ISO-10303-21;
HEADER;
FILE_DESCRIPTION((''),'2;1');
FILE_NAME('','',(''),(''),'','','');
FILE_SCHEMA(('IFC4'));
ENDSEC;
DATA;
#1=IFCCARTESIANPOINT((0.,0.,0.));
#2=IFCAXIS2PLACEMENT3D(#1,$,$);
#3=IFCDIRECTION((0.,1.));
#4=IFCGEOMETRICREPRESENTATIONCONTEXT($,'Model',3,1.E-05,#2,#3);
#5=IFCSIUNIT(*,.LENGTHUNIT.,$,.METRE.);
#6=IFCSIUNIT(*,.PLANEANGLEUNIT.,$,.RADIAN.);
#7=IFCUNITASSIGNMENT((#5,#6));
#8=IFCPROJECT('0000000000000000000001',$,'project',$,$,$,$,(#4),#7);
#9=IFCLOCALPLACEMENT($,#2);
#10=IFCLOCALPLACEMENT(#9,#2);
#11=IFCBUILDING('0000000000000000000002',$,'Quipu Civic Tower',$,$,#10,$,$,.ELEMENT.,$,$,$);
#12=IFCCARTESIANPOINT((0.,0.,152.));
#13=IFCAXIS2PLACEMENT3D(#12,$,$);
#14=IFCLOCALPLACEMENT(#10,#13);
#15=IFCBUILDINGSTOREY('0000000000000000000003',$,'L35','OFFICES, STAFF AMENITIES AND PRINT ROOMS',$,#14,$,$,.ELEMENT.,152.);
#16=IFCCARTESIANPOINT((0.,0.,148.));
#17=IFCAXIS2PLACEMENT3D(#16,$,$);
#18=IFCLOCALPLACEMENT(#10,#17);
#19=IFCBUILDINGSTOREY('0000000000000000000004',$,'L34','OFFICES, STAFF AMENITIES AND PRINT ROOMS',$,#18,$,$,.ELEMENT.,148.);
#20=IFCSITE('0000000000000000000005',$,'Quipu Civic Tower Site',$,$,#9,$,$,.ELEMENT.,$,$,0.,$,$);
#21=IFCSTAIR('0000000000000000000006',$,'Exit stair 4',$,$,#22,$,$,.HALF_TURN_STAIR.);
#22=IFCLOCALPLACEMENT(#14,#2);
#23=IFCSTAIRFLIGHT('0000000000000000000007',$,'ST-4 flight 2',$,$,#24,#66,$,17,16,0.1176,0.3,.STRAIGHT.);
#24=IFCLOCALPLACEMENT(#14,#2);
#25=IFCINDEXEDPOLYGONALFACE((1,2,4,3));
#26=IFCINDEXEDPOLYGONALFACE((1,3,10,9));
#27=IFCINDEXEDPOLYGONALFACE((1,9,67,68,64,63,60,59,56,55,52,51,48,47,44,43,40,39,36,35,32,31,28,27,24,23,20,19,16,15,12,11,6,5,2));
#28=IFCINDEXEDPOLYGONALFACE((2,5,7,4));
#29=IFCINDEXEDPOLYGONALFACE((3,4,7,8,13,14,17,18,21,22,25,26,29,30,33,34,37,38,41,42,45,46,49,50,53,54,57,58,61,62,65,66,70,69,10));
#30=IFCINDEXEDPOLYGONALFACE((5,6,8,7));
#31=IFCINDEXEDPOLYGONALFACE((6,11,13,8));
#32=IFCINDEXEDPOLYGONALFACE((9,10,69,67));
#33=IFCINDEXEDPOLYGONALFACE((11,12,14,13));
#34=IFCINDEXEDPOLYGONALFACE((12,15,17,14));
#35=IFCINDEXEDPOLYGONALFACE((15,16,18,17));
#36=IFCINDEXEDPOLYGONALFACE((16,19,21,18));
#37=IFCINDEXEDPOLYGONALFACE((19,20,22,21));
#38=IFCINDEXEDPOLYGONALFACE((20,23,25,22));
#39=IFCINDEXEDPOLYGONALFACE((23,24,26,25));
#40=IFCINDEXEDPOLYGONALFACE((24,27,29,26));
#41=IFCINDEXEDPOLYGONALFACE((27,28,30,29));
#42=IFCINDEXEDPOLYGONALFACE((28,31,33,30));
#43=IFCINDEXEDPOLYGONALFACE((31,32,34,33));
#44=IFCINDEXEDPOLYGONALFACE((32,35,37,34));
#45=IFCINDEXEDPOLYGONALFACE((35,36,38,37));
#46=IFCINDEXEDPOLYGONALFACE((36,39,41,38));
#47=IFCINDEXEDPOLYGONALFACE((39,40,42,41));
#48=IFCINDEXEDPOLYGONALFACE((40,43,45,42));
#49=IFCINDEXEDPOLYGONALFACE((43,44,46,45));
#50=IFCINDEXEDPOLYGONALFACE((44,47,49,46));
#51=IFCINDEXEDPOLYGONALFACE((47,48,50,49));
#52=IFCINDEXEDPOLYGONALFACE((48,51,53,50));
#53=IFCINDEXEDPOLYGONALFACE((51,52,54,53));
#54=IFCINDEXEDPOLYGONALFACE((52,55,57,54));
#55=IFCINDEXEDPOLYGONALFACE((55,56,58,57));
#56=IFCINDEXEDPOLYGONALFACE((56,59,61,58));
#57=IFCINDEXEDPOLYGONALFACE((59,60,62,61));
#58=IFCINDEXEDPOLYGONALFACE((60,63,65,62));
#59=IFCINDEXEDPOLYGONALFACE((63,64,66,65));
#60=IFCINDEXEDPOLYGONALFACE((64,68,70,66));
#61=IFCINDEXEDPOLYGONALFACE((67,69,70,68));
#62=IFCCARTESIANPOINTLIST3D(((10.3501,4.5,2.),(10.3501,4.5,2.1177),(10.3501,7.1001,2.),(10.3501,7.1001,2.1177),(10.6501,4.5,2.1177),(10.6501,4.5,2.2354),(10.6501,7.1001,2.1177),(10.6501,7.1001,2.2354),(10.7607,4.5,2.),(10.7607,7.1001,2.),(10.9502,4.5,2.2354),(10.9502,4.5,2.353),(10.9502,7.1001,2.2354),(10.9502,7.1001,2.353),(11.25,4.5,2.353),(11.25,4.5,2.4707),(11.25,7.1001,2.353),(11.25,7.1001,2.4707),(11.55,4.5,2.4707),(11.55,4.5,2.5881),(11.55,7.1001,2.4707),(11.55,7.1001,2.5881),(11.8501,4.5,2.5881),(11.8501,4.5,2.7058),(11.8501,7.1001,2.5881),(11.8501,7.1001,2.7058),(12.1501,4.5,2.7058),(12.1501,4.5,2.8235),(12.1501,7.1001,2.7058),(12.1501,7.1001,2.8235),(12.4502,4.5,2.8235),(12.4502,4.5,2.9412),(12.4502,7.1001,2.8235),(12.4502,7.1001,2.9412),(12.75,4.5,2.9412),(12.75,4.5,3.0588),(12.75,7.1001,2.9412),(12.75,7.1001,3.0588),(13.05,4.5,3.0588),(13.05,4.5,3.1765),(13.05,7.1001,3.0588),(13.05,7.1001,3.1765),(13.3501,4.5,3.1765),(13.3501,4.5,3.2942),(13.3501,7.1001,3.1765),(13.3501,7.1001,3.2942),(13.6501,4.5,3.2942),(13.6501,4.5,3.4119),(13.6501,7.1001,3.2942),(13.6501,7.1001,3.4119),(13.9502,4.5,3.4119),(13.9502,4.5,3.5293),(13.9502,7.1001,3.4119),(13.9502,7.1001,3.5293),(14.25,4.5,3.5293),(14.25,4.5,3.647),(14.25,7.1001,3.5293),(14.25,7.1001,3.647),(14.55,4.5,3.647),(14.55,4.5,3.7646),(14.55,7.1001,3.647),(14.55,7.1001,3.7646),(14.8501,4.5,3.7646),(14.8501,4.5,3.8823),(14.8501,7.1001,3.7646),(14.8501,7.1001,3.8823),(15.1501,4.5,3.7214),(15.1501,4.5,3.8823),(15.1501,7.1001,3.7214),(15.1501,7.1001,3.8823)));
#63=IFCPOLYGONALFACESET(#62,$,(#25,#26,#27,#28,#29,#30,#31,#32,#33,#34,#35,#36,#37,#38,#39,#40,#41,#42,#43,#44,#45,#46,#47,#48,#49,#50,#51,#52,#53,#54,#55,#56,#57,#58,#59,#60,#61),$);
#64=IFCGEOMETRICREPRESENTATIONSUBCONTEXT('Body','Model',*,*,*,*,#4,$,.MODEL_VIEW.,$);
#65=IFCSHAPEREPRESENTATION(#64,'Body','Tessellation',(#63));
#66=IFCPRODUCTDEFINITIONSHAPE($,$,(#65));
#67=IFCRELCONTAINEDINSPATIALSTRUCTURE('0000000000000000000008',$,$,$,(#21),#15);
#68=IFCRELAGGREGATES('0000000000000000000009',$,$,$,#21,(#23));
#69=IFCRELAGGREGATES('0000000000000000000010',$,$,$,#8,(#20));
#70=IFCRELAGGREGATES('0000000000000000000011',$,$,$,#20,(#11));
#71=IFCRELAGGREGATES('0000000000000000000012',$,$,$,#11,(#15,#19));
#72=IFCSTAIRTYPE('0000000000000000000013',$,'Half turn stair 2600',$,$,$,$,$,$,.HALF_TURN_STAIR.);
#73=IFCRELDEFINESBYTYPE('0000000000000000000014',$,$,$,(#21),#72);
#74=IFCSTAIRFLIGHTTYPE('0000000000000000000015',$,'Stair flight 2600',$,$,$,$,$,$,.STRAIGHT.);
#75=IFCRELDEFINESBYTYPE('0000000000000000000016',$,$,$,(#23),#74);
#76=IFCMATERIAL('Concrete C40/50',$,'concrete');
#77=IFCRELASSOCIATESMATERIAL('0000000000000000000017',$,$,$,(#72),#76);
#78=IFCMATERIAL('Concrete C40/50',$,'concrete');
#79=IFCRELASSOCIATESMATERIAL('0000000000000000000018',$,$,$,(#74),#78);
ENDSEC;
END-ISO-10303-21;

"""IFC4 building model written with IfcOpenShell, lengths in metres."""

from ifc_helpers import new_model, si_unit, direction, frame, origin, place, context, subcontext, project, spatial, polyline, outline, extrude, material, type_object, element, aggregate, save


model = new_model("IFC4")

# Units and contexts
model_context = context("Model", 3, precision=1e-05, world=origin(), true_north=direction((0.0, 1.0)))
body_context = subcontext(model_context, "Body", "Model", "MODEL_VIEW")
ifc_project = project(units=[si_unit("LENGTHUNIT", "METRE"), si_unit("PLANEANGLEUNIT", "RADIAN")], contexts=[model_context])

# Site, building, storey
site_placement = place(None, origin())
site = spatial("IfcSite", under=ifc_project, at=site_placement, Name="Quipu Civic Tower Site", CompositionType="ELEMENT", RefElevation=0.0)
building_placement = place(site_placement, origin())
building = spatial("IfcBuilding", under=site, at=building_placement, Name="Quipu Civic Tower", CompositionType="ELEMENT")
storey_1_placement = place(building_placement, frame((0.0, 0.0, 152.0)))
storey_1 = spatial("IfcBuildingStorey", under=building, at=storey_1_placement, Name="L35", Description="OFFICES, STAFF AMENITIES AND PRINT ROOMS", CompositionType="ELEMENT", Elevation=152.0)

# Shared definitions
storey_2_placement = place(building_placement, frame((0.0, 0.0, 148.0)))
storey_2 = spatial("IfcBuildingStorey", under=building, at=storey_2_placement, Name="L34", Description="OFFICES, STAFF AMENITIES AND PRINT ROOMS", CompositionType="ELEMENT", Elevation=148.0)

# Stair, stair flight
ifc_material_1 = material(Name="Concrete C40/50", Category="concrete")
stair_type = type_object("IfcStairType", Name="Half turn stair 2600", PredefinedType="HALF_TURN_STAIR", material=ifc_material_1)
stair_placement = place(storey_1_placement, origin())
stair = element("IfcStair", 1, at=stair_placement, inside=storey_1, type_object=stair_type, Name="Exit stair 4", PredefinedType="HALF_TURN_STAIR")
ifc_material_2 = material(Name="Concrete C40/50", Category="concrete")
stair_flight_type = type_object("IfcStairFlightType", Name="Stair flight 2600", PredefinedType="STRAIGHT", material=ifc_material_2)
stair_flight_1_placement = place(storey_1_placement, frame((10.3501, 5.8, 2.0), z_axis=(0.0, 0.0, 1.0), x_axis=(1.0, 0.0, 0.0)))
stair_flight_1 = element("IfcStairFlight", 2, at=stair_flight_1_placement, type_object=stair_flight_type, Name="ST-4 flight 2", NumberOfRisers=17, NumberOfTreads=16, PredefinedType="STRAIGHT", RiserHeight=0.1176, TreadLength=0.3, context=body_context, shape_type="SweptSolid", body=[
    extrude(outline(polyline([(0.0, 0.0), (0.0, 0.1177), (0.3, 0.1177), (0.3, 0.2354), (0.6001, 0.2354), (0.6001, 0.353), (0.8999, 0.353), (0.8999, 0.4707), (1.2, 0.4707), (1.2, 0.5881), (1.5, 0.5881), (1.5, 0.7058), (1.8, 0.7058), (1.8, 0.8235), (2.1001, 0.8235), (2.1001, 0.9412), (2.3999, 0.9412), (2.3999, 1.0588), (2.7, 1.0588), (2.7, 1.1765), (3.0, 1.1765), (3.0, 1.2942), (3.3, 1.2942), (3.3, 1.4119), (3.6001, 1.4119), (3.6001, 1.5293), (3.8999, 1.5293), (3.8999, 1.647), (4.2, 1.647), (4.2, 1.7646), (4.5, 1.7646), (4.5, 1.8823), (4.8, 1.8823), (4.8, 2.0), (4.8, 1.7214), (0.4106, 0.0), (0.0, 0.0)])), frame((0.0, 1.3, 0.0), z_axis=(0.0, -1.0, 0.0), x_axis=(1.0, 0.0, 0.0)), (0.0, 0.0, 1.0), 2.6001),
])
aggregate(stair, [stair_flight_1])

save(model, "model.ifc")
